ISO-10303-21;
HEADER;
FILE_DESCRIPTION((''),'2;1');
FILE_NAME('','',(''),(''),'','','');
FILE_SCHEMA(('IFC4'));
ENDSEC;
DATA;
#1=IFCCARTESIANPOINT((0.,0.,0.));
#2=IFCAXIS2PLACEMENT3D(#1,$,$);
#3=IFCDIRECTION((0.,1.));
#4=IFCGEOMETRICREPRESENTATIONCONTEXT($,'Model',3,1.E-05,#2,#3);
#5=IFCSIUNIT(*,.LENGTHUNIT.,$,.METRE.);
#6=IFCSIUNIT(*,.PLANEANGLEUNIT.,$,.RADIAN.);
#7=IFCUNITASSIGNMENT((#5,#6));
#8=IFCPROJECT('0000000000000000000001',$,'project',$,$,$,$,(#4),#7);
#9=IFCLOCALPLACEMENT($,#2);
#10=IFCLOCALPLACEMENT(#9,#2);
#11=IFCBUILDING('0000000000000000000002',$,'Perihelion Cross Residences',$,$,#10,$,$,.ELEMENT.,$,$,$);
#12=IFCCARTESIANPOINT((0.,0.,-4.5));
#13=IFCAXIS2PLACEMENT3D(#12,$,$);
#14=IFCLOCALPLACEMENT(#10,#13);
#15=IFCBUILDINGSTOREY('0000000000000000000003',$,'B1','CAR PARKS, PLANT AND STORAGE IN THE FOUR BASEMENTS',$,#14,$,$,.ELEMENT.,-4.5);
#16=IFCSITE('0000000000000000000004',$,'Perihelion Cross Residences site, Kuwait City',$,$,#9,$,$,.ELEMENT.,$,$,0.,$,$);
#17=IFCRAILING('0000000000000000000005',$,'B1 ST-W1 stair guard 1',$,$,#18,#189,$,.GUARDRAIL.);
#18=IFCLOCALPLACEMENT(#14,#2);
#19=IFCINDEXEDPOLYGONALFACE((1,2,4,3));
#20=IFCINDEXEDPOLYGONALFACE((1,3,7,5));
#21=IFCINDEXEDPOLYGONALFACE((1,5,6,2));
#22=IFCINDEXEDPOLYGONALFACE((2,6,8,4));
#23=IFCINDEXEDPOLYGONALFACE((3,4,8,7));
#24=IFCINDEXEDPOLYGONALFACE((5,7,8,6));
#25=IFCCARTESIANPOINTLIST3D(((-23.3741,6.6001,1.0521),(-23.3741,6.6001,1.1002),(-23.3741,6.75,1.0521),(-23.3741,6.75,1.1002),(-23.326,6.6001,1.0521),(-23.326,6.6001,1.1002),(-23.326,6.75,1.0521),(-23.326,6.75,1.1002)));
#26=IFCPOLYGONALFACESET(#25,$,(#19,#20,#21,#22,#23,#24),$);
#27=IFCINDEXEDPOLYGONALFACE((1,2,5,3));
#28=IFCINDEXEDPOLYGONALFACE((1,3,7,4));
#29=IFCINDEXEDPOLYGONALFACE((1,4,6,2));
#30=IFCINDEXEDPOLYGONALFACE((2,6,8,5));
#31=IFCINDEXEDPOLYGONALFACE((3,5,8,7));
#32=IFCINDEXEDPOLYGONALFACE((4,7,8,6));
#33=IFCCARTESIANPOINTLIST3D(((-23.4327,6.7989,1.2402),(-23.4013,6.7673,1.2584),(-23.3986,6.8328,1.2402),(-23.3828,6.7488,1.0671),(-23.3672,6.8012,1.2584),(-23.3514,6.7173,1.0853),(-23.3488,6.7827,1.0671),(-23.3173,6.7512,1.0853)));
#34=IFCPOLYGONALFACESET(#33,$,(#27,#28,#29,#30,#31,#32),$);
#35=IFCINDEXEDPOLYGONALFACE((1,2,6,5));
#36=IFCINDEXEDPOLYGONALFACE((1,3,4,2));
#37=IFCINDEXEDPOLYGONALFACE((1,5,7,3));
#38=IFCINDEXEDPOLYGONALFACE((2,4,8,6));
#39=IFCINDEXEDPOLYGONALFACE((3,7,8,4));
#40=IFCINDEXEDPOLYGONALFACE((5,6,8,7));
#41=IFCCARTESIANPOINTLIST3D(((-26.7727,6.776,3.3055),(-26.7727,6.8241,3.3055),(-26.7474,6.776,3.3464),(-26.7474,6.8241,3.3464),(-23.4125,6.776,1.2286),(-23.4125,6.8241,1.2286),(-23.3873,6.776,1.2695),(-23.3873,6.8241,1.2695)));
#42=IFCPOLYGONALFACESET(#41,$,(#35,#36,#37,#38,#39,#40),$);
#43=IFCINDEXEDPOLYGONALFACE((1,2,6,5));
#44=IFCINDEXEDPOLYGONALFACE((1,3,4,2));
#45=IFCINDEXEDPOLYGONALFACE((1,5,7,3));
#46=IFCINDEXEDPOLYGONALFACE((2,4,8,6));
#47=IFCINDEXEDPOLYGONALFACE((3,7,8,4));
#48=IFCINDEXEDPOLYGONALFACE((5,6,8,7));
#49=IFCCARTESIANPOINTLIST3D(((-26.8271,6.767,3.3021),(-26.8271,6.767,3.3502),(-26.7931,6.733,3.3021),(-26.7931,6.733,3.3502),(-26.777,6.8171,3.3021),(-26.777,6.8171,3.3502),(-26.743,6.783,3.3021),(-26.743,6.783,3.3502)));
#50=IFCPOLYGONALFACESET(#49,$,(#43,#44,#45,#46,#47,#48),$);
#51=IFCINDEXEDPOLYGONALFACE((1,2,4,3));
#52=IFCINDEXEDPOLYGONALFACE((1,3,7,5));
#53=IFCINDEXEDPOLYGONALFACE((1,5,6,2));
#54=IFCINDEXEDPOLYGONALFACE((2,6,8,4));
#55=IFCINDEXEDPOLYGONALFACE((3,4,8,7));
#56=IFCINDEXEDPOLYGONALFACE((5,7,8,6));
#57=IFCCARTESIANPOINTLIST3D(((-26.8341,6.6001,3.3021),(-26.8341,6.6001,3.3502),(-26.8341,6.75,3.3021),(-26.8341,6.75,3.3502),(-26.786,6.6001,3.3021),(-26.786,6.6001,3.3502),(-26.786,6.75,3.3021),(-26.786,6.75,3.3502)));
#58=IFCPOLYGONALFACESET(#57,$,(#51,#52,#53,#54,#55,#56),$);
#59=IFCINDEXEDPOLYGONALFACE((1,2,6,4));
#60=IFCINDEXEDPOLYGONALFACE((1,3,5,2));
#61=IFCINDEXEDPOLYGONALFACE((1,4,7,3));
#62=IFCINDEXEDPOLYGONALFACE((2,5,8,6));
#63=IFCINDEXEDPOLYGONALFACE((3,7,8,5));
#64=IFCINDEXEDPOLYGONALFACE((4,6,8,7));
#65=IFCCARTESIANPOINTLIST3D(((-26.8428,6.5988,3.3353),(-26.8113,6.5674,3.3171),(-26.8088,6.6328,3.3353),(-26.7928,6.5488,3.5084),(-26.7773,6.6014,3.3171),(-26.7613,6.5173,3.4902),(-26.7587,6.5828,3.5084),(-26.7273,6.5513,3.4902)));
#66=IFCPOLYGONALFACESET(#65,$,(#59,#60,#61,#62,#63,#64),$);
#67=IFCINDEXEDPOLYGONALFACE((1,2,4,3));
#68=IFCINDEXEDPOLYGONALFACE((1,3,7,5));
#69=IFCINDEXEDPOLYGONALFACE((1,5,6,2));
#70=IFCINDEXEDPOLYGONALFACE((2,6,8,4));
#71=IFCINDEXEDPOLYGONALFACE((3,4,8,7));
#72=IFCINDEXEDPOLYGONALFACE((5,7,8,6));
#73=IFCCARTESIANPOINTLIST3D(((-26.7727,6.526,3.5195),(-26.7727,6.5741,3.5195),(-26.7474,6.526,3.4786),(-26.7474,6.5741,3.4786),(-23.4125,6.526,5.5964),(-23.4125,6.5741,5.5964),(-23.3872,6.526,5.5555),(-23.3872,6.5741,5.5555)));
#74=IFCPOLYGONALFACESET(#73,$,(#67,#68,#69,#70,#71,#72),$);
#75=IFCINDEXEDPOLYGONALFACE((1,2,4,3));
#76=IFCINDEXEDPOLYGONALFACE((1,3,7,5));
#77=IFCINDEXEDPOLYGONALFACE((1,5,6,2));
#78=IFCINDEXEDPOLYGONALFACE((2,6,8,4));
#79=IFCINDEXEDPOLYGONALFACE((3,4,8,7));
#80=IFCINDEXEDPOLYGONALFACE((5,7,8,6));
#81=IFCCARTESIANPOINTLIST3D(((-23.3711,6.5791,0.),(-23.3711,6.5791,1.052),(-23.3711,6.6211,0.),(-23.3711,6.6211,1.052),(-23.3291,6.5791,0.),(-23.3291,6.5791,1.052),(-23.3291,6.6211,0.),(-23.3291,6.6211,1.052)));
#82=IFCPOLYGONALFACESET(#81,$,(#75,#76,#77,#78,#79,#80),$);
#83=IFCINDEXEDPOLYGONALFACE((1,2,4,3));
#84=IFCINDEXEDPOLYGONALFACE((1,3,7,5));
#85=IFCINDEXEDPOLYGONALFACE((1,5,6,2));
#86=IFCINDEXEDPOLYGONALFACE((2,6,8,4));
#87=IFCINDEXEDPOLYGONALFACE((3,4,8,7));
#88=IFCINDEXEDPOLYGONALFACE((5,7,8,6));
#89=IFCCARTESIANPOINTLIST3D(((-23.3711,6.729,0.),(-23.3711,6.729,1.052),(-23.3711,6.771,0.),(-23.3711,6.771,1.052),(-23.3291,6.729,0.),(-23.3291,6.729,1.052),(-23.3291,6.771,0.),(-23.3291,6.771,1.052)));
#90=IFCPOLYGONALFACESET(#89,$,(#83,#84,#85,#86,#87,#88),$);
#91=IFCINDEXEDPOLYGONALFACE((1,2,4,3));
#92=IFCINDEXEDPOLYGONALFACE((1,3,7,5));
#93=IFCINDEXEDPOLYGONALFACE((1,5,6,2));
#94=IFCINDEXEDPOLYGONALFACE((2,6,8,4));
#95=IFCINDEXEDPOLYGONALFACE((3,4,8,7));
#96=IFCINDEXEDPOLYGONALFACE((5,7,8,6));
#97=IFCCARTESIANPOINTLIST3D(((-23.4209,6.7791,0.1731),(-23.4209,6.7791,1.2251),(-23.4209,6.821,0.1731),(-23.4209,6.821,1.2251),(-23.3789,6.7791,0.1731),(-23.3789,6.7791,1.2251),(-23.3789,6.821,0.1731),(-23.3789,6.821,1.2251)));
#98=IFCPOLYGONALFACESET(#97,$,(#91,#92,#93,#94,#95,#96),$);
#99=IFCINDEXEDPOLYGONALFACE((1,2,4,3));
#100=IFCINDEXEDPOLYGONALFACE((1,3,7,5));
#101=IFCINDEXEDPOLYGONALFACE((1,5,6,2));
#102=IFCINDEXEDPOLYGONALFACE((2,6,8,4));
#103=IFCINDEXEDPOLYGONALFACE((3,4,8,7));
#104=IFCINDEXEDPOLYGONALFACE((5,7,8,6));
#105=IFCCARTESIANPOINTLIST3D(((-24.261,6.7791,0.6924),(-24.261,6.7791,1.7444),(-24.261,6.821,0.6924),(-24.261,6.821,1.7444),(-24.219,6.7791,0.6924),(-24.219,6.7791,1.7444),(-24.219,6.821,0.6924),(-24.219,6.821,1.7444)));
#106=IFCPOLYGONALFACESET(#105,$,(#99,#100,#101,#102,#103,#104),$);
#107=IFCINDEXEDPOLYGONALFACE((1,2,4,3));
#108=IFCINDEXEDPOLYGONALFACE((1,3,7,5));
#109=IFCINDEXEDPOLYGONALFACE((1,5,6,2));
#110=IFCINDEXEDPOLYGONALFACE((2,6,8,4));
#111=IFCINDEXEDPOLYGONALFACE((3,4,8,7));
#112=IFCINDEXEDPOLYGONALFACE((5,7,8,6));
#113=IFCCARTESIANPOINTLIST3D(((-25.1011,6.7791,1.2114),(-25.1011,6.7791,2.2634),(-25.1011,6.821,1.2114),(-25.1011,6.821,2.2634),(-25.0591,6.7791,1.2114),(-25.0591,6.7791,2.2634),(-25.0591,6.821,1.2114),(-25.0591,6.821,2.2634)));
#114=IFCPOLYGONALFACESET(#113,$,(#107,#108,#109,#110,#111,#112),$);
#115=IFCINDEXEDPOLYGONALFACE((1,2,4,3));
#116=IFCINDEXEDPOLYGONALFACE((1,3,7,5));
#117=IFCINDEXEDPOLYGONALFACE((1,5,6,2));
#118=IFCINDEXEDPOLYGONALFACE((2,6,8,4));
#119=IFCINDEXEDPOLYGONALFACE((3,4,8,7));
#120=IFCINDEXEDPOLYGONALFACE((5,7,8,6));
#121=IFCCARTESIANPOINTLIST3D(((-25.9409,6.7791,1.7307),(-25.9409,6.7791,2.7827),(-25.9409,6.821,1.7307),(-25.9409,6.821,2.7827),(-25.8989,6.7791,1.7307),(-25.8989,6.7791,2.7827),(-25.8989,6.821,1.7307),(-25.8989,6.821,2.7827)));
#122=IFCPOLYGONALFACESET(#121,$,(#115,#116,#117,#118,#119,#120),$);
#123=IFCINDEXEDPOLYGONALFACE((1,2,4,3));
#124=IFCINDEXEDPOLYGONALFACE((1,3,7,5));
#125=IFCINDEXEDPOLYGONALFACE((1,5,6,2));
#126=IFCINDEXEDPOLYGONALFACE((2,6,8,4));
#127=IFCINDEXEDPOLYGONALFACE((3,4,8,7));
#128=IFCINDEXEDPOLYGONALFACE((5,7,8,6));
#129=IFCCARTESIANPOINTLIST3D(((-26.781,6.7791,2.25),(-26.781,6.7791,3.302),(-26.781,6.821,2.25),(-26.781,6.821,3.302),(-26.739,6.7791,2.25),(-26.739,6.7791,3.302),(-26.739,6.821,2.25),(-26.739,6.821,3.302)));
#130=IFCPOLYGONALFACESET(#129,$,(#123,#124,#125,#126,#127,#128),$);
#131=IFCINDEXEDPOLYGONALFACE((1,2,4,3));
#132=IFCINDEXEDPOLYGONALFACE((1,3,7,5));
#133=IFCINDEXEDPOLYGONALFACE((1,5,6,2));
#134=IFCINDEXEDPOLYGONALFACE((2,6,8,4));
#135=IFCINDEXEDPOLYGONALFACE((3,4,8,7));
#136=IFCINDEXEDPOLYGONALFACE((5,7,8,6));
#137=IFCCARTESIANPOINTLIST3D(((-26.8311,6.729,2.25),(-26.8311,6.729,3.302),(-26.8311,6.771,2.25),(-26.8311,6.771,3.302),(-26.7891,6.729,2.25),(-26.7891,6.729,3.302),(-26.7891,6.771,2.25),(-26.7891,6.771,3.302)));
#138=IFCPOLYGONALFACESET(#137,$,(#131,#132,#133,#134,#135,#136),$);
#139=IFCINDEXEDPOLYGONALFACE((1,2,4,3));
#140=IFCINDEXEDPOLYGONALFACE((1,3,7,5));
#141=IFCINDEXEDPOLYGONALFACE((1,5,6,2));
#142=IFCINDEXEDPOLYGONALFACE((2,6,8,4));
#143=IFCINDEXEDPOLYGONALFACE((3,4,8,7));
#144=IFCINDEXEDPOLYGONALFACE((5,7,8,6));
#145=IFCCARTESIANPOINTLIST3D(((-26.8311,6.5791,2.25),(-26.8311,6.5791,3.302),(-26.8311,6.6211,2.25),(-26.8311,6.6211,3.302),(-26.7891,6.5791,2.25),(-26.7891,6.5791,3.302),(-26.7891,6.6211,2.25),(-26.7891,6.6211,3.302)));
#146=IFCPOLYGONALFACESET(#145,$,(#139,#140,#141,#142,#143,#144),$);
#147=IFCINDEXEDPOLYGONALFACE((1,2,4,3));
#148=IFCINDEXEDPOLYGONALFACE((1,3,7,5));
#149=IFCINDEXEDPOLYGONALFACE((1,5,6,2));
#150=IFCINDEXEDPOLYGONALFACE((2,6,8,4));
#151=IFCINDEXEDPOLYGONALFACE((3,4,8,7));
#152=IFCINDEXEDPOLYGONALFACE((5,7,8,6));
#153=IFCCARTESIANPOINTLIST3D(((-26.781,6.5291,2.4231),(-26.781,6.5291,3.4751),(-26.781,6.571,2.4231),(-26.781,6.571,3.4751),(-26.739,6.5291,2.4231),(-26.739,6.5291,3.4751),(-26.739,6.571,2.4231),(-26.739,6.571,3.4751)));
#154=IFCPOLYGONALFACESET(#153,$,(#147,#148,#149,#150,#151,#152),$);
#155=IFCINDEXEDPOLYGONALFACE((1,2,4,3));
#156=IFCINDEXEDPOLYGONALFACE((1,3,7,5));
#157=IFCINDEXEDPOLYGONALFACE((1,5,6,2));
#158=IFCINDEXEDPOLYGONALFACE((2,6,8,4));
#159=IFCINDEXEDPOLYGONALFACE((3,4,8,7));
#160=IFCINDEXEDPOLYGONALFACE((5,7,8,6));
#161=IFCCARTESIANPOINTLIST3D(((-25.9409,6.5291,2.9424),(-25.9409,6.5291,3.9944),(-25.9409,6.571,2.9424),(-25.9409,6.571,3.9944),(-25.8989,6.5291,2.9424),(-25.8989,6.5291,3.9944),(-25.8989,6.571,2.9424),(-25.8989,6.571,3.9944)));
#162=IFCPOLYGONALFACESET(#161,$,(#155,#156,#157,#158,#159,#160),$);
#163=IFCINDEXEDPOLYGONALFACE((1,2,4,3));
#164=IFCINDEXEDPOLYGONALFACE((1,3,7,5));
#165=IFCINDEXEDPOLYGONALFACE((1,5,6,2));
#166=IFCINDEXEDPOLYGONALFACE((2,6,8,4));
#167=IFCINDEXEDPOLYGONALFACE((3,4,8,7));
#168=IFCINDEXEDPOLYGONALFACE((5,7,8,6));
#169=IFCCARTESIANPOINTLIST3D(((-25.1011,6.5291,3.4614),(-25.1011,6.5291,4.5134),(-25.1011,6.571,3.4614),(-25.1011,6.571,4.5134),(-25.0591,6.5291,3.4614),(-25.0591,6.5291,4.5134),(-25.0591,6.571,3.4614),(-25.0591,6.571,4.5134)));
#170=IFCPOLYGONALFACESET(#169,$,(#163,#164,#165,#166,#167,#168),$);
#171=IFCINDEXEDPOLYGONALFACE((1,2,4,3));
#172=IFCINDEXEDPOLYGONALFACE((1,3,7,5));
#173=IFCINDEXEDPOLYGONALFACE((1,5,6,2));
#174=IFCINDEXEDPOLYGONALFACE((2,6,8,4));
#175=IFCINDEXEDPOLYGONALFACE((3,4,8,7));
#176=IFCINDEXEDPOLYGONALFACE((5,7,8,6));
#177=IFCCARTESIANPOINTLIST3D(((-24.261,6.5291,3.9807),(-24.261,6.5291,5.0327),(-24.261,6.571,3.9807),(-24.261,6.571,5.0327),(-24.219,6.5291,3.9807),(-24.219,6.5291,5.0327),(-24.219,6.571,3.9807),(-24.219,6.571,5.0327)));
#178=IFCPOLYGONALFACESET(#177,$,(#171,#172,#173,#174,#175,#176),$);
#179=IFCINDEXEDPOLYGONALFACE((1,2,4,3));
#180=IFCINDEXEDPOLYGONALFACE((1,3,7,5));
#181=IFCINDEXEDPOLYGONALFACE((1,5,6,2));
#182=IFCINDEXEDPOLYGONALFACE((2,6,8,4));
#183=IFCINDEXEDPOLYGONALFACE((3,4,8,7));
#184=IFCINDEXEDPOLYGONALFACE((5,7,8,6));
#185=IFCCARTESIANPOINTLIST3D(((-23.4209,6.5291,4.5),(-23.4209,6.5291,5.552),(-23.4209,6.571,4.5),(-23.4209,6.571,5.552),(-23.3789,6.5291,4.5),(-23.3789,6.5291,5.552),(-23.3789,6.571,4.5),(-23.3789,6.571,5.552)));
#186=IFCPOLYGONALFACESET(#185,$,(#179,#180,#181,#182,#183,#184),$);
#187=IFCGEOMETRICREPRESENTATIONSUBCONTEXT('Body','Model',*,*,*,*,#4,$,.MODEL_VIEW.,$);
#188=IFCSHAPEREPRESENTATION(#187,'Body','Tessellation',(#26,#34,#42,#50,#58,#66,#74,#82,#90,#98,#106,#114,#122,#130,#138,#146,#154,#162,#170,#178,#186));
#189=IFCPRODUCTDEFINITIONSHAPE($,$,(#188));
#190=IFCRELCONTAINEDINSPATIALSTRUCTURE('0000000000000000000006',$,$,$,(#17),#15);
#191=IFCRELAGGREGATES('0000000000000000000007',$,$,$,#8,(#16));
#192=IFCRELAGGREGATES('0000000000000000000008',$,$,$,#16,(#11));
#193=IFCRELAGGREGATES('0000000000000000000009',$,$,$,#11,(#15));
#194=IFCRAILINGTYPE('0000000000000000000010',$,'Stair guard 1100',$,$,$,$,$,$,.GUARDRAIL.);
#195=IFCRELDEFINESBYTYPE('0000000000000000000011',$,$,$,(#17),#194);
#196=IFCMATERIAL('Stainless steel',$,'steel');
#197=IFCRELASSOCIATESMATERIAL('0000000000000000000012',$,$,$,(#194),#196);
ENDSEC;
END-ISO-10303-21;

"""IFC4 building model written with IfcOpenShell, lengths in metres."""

from ifc_helpers import new_model, si_unit, direction, frame, origin, origin_2d, place, context, subcontext, project, spatial, rectangle, extrude, material, type_object, element, save


model = new_model("IFC4")

# Units and contexts
model_context = context("Model", 3, precision=1e-05, world=origin(), true_north=direction((0.0, 1.0)))
body_context = subcontext(model_context, "Body", "Model", "MODEL_VIEW")
ifc_project = project(units=[si_unit("LENGTHUNIT", "METRE"), si_unit("PLANEANGLEUNIT", "RADIAN")], contexts=[model_context])

# Site, building, storey
site_placement = place(None, origin())
site = spatial("IfcSite", under=ifc_project, at=site_placement, Name="Perihelion Cross Residences site, Kuwait City", CompositionType="ELEMENT", RefElevation=0.0)
building_placement = place(site_placement, origin())
building = spatial("IfcBuilding", under=site, at=building_placement, Name="Perihelion Cross Residences", CompositionType="ELEMENT")
storey_placement = place(building_placement, frame((0.0, 0.0, -4.5)))
storey = spatial("IfcBuildingStorey", under=building, at=storey_placement, Name="B1", Description="CAR PARKS, PLANT AND STORAGE IN THE FOUR BASEMENTS", CompositionType="ELEMENT", Elevation=-4.5)

# Railing
ifc_material_1 = material(Name="Stainless steel", Category="steel")
railing_type_1 = type_object("IfcRailingType", Name="Stair guard 1100", PredefinedType="GUARDRAIL", material=ifc_material_1)
railing_1_placement = place(storey_placement, frame((-23.3501, 6.6001, 0.0)))
element("IfcRailing", 1, at=railing_1_placement, inside=storey, type_object=railing_type_1, Name="B1 ST-W1 stair guard 1", PredefinedType="GUARDRAIL", context=body_context, shape_type="SweptSolid", body=[
    extrude(rectangle(XDim=0.0481, YDim=0.0481, at=origin_2d()), frame((0.0, 0.0, 1.0762), z_axis=(0.0, 1.0, 0.0), x_axis=(-1.0, 0.0, 0.0)), (0.0, 0.0, 1.0), 0.1499),
    extrude(rectangle(XDim=0.0481, YDim=0.0481, at=origin_2d()), frame((0.0, 0.1499, 1.0762), z_axis=(-0.266417, 0.267723, 0.92593), x_axis=(-0.708834, -0.705376, 0.0)), (0.0, 0.0, 1.0), 0.187),
    extrude(rectangle(XDim=0.0481, YDim=0.0481, at=origin_2d()), frame((-0.0498, 0.2, 1.249), z_axis=(-0.850623, 0.0, 0.525776), x_axis=(0.0, -1.0, 0.0)), (0.0, 0.0, 1.0), 3.9502),
    extrude(rectangle(XDim=0.0481, YDim=0.0481, at=origin_2d()), frame((-3.4099, 0.2, 3.3262), z_axis=(-0.707107, -0.707107, 0.0), x_axis=(0.707107, -0.707107, 0.0)), (0.0, 0.0, 1.0), 0.0708),
    extrude(rectangle(XDim=0.0481, YDim=0.0481, at=origin_2d()), frame((-3.46, 0.1499, 3.3262), z_axis=(0.0, -1.0, 0.0), x_axis=(1.0, 0.0, 0.0)), (0.0, 0.0, 1.0), 0.1499),
    extrude(rectangle(XDim=0.0481, YDim=0.0481, at=origin_2d()), frame((-3.46, 0.0, 3.3262), z_axis=(0.26763, -0.26763, 0.925607), x_axis=(0.707107, 0.707107, 0.0)), (0.0, 0.0, 1.0), 0.187),
    extrude(rectangle(XDim=0.0481, YDim=0.0481, at=origin_2d()), frame((-3.4099, -0.05, 3.499), z_axis=(0.850623, 0.0, 0.525776), x_axis=(0.0, 1.0, 0.0)), (0.0, 0.0, 1.0), 3.9502),
    extrude(rectangle(XDim=0.042, YDim=0.042, at=origin_2d()), origin(), (0.0, 0.0, 1.0), 1.052),
    extrude(rectangle(XDim=0.042, YDim=0.042, at=origin_2d()), frame((0.0, 0.1499, 0.0)), (0.0, 0.0, 1.0), 1.052),
    extrude(rectangle(XDim=0.042, YDim=0.042, at=origin_2d()), frame((-0.0498, 0.2, 0.1731)), (0.0, 0.0, 1.0), 1.052),
    extrude(rectangle(XDim=0.042, YDim=0.042, at=origin_2d()), frame((-0.8899, 0.2, 0.6924)), (0.0, 0.0, 1.0), 1.052),
    extrude(rectangle(XDim=0.042, YDim=0.042, at=origin_2d()), frame((-1.73, 0.2, 1.2114)), (0.0, 0.0, 1.0), 1.052),
    extrude(rectangle(XDim=0.042, YDim=0.042, at=origin_2d()), frame((-2.5698, 0.2, 1.7307)), (0.0, 0.0, 1.0), 1.052),
    extrude(rectangle(XDim=0.042, YDim=0.042, at=origin_2d()), frame((-3.4099, 0.2, 2.25)), (0.0, 0.0, 1.0), 1.052),
    extrude(rectangle(XDim=0.042, YDim=0.042, at=origin_2d()), frame((-3.46, 0.1499, 2.25)), (0.0, 0.0, 1.0), 1.052),
    extrude(rectangle(XDim=0.042, YDim=0.042, at=origin_2d()), frame((-3.46, 0.0, 2.25)), (0.0, 0.0, 1.0), 1.052),
    extrude(rectangle(XDim=0.042, YDim=0.042, at=origin_2d()), frame((-3.4099, -0.05, 2.4231)), (0.0, 0.0, 1.0), 1.052),
    extrude(rectangle(XDim=0.042, YDim=0.042, at=origin_2d()), frame((-2.5698, -0.05, 2.9424)), (0.0, 0.0, 1.0), 1.052),
    extrude(rectangle(XDim=0.042, YDim=0.042, at=origin_2d()), frame((-1.73, -0.05, 3.4614)), (0.0, 0.0, 1.0), 1.052),
    extrude(rectangle(XDim=0.042, YDim=0.042, at=origin_2d()), frame((-0.8899, -0.05, 3.9807)), (0.0, 0.0, 1.0), 1.052),
    extrude(rectangle(XDim=0.042, YDim=0.042, at=origin_2d()), frame((-0.0498, -0.05, 4.5)), (0.0, 0.0, 1.0), 1.052),
])

save(model, "model.ifc")
